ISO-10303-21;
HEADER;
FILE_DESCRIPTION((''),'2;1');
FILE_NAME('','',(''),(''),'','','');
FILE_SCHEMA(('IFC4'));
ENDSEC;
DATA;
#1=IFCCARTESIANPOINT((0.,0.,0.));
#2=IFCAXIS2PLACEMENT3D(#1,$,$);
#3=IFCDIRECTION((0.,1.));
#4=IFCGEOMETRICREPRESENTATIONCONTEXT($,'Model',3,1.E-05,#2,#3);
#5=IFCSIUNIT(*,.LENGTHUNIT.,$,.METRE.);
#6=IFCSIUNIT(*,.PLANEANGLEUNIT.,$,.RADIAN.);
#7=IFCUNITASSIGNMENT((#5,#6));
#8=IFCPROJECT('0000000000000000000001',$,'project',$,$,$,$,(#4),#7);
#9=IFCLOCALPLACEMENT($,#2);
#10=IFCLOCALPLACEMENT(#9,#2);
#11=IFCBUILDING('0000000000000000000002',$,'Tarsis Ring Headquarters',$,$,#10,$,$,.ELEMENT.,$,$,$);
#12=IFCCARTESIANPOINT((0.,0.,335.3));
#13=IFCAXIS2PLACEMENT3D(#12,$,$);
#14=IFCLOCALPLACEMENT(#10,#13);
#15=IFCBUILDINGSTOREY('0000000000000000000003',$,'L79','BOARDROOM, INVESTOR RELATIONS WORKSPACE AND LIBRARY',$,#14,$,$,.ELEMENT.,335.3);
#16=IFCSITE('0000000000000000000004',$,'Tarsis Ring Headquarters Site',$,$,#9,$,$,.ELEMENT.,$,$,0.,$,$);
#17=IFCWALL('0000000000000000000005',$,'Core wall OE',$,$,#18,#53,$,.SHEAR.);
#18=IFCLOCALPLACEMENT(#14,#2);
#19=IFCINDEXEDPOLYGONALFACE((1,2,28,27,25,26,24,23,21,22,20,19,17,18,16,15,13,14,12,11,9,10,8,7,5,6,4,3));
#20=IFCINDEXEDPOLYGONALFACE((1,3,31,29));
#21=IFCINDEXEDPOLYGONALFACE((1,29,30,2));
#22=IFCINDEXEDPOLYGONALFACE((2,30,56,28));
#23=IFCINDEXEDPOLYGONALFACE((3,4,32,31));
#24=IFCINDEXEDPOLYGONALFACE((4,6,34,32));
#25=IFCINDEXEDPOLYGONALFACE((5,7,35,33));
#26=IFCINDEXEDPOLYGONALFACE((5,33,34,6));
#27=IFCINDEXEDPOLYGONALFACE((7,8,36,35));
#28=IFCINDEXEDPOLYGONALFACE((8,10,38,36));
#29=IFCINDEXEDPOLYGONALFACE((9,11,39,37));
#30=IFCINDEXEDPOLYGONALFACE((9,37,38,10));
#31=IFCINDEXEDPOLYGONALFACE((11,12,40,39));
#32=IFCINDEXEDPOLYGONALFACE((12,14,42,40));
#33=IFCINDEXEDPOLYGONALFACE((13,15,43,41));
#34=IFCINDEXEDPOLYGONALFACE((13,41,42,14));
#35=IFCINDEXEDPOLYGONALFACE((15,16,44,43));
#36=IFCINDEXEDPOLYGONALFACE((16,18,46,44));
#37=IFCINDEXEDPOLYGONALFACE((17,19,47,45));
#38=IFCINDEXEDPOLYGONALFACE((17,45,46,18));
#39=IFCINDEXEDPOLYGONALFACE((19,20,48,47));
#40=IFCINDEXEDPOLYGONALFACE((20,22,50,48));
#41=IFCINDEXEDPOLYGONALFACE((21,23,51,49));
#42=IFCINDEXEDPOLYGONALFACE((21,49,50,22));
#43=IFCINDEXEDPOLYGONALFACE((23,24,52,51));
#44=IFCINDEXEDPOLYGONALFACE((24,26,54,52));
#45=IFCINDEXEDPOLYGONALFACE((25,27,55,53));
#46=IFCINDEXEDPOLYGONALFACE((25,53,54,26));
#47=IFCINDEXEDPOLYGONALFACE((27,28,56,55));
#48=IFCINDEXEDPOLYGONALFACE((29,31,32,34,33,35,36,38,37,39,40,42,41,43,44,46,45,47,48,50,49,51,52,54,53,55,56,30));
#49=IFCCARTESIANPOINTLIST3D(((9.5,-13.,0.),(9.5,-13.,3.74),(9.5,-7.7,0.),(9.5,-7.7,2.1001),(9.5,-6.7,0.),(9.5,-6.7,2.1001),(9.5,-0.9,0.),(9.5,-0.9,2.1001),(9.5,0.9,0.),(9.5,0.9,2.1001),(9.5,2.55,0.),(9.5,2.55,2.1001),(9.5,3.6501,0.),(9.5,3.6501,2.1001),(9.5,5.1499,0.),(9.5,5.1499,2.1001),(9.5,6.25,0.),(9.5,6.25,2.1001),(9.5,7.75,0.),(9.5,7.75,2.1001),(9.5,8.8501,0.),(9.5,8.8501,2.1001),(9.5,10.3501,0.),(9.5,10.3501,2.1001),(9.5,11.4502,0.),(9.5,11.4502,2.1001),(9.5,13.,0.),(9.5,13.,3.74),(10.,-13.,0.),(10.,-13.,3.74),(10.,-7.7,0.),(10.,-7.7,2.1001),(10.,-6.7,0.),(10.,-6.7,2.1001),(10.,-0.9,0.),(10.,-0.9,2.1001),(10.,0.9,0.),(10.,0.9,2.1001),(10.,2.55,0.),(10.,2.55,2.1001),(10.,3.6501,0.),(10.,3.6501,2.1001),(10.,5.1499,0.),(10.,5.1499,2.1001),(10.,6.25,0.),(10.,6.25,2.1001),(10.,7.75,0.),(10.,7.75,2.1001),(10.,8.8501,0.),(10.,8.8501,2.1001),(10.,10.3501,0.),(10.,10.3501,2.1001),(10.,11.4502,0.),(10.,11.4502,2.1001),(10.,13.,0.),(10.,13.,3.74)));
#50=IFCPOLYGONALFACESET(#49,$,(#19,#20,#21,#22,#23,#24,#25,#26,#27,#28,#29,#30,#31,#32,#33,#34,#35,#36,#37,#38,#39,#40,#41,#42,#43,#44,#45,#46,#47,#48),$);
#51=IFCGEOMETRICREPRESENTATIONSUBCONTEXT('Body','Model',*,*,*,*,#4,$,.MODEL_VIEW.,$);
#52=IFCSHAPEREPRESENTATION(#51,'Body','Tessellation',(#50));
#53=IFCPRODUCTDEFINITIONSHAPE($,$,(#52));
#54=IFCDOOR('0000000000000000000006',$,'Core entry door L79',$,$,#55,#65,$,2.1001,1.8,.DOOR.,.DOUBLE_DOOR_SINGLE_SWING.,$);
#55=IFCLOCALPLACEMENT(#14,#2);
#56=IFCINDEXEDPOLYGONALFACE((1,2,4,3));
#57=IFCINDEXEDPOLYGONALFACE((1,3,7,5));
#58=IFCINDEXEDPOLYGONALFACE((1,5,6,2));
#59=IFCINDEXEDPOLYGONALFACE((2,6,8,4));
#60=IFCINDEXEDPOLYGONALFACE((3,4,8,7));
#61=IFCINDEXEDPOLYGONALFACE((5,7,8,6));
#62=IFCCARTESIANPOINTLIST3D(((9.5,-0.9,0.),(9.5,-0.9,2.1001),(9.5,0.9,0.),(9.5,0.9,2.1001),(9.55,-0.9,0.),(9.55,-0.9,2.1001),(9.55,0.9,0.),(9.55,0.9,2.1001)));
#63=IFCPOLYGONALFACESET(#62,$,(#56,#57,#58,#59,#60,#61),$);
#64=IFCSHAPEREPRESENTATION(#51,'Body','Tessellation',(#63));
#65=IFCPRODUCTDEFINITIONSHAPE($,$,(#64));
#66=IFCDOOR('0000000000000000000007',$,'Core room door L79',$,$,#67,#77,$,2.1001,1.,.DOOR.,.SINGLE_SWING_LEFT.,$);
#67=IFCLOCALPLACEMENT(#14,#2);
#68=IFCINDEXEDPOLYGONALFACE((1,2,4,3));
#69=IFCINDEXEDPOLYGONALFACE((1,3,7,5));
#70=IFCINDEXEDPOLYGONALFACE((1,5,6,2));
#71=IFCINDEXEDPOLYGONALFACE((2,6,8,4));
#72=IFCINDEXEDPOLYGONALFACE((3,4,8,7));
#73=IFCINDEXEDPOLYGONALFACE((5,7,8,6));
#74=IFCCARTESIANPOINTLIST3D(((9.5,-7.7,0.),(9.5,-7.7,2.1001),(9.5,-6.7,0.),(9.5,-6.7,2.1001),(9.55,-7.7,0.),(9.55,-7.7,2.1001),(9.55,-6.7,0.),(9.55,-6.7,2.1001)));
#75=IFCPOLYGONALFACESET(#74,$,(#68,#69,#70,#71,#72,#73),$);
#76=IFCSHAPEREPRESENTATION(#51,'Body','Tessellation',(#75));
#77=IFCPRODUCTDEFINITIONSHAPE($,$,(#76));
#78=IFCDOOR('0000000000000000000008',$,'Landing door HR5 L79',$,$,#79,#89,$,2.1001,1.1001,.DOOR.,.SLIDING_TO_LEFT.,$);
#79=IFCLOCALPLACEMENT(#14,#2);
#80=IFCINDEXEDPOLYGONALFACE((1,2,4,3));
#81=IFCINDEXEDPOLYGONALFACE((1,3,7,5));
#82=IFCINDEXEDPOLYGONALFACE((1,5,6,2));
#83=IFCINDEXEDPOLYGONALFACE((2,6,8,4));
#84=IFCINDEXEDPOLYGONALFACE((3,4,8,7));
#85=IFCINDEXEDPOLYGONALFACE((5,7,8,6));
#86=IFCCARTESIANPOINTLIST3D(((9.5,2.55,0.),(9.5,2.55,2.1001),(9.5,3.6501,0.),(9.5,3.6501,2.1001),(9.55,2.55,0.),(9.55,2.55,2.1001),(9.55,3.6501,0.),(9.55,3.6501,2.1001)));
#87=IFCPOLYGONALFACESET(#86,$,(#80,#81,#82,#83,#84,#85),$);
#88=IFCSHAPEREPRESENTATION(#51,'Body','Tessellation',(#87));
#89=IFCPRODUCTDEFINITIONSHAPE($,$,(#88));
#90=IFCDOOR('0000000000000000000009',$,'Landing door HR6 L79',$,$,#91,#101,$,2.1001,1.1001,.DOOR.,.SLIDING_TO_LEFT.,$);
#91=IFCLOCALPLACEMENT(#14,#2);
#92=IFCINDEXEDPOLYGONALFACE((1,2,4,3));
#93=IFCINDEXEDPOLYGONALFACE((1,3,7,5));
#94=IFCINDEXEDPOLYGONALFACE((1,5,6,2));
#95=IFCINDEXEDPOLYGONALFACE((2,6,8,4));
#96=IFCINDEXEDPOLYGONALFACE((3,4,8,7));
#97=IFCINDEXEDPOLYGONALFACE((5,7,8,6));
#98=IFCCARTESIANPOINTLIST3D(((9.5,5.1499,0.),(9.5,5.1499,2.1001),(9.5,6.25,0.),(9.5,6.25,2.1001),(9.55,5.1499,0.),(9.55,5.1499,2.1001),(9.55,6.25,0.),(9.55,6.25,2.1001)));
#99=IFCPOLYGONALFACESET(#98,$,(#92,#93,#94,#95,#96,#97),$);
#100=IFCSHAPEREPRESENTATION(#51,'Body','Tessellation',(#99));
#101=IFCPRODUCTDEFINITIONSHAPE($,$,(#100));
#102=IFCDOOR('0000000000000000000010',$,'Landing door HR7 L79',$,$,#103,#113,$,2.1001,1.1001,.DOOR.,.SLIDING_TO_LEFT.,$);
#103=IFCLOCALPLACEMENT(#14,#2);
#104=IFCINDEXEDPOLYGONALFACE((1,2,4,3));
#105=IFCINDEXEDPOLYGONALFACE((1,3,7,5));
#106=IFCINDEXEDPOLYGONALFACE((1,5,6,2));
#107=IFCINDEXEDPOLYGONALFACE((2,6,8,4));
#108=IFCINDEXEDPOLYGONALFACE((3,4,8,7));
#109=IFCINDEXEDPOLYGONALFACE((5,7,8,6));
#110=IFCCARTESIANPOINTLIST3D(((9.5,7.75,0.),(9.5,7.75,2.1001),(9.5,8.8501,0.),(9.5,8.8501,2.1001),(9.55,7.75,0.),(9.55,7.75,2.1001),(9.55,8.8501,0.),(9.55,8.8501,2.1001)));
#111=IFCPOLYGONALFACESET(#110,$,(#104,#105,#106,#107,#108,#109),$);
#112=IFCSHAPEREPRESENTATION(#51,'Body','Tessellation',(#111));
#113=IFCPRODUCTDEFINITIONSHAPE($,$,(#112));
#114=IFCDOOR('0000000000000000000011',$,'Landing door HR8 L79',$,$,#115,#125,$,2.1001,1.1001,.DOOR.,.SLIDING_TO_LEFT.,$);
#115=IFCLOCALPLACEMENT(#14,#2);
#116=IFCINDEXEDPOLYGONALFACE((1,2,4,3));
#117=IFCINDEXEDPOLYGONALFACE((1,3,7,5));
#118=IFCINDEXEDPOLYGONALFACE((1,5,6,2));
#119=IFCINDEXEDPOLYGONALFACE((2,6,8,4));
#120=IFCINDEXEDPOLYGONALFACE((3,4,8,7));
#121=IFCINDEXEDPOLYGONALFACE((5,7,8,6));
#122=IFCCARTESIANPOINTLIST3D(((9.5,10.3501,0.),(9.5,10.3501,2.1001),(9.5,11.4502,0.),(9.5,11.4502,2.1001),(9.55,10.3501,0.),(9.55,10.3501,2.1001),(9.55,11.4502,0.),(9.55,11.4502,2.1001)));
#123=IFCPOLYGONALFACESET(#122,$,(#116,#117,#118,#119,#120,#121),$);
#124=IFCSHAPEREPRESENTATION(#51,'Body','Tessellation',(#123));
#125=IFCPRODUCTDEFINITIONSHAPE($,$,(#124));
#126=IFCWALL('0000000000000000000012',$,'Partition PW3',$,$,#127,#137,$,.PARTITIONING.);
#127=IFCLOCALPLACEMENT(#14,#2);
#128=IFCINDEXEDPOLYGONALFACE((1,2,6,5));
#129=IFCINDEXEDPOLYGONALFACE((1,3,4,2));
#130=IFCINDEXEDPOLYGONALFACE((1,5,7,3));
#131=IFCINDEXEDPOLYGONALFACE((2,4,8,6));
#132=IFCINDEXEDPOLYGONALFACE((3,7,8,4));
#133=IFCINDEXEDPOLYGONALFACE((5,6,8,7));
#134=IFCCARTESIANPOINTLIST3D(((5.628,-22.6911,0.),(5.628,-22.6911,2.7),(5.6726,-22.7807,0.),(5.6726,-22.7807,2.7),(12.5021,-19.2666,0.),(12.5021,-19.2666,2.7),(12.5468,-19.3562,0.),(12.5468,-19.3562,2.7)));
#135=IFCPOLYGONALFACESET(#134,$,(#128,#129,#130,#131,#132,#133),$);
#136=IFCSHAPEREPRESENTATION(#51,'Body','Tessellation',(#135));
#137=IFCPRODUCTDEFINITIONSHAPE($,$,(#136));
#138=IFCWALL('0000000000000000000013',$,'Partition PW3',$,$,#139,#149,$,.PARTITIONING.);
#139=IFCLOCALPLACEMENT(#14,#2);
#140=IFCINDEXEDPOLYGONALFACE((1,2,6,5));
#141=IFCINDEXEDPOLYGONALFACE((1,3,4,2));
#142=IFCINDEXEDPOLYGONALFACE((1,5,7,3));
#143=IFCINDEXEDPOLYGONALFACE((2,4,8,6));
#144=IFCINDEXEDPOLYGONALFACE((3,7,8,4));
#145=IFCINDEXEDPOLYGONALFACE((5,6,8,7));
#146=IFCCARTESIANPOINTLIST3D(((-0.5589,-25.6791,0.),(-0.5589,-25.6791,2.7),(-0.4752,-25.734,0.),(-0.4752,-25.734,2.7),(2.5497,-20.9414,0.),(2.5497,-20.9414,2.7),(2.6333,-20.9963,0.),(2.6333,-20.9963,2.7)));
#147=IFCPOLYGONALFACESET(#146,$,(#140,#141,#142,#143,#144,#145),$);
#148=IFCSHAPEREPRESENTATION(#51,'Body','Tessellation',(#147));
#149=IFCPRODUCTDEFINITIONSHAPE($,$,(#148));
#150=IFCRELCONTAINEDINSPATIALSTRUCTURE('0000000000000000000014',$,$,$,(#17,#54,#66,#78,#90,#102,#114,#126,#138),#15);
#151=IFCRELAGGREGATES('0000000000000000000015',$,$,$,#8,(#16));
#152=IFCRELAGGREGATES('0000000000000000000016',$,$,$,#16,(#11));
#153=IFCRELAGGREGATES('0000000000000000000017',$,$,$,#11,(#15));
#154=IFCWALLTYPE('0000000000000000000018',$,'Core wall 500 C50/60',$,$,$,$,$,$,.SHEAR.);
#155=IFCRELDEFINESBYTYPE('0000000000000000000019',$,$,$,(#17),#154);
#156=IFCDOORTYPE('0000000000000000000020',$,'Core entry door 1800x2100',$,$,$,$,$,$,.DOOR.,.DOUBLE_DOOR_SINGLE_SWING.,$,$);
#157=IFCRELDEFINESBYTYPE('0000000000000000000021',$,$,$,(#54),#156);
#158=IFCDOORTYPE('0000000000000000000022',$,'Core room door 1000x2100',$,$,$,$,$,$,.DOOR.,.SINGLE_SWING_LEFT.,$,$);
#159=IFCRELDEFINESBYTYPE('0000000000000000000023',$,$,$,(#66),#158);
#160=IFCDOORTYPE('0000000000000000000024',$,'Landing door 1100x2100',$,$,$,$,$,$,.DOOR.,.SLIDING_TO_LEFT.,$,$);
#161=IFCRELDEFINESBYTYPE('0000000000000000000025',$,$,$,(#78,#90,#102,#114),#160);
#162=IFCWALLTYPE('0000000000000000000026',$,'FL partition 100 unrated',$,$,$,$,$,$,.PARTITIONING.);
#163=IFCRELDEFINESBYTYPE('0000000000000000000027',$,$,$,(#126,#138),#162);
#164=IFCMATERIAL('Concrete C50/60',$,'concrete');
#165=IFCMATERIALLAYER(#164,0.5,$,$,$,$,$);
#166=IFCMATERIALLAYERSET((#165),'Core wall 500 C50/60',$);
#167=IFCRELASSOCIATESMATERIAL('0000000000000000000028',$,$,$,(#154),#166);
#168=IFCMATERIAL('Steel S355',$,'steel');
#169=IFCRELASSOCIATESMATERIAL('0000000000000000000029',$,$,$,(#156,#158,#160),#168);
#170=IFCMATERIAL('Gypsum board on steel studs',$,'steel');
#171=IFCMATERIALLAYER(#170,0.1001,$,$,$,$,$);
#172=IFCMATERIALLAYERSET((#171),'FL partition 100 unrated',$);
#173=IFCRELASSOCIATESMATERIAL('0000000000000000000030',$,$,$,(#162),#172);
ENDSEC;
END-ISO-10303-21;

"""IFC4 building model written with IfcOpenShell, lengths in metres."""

from ifc_helpers import new_model, si_unit, direction, frame, frame_2d, origin, place, context, subcontext, project, spatial, rectangle, extrude, material, layer, layer_set, type_object, element, fill, save


model = new_model("IFC4")

# Units and contexts
model_context = context("Model", 3, precision=1e-05, world=origin(), true_north=direction((0.0, 1.0)))
body_context = subcontext(model_context, "Body", "Model", "MODEL_VIEW")
ifc_project = project(units=[si_unit("LENGTHUNIT", "METRE"), si_unit("PLANEANGLEUNIT", "RADIAN")], contexts=[model_context])

# Site, building, storey
site_placement = place(None, origin())
site = spatial("IfcSite", under=ifc_project, at=site_placement, Name="Tarsis Ring Headquarters Site", CompositionType="ELEMENT", RefElevation=0.0)
building_placement = place(site_placement, origin())
building = spatial("IfcBuilding", under=site, at=building_placement, Name="Tarsis Ring Headquarters", CompositionType="ELEMENT")
storey_placement = place(building_placement, frame((0.0, 0.0, 335.3)))
storey = spatial("IfcBuildingStorey", under=building, at=storey_placement, Name="L79", Description="BOARDROOM, INVESTOR RELATIONS WORKSPACE AND LIBRARY", CompositionType="ELEMENT", Elevation=335.3)

# Wall, openings, doors
ifc_material_1 = material(Name="Concrete C50/60", Category="concrete")
ifc_layer_1 = layer(ifc_material_1, 0.5)
ifc_layer_set_1 = layer_set([ifc_layer_1], Name="Core wall 500 C50/60")
wall_type_1 = type_object("IfcWallType", Name="Core wall 500 C50/60", PredefinedType="SHEAR", material=ifc_layer_set_1)
wall_1_placement = place(storey_placement, frame((9.75, -13.0, 0.0), z_axis=(0.0, 0.0, 1.0), x_axis=(0.0, 1.0, 0.0)))
wall_1 = element("IfcWall", 1, at=wall_1_placement, inside=storey, type_object=wall_type_1, Name="Core wall OE", PredefinedType="SHEAR", context=body_context, shape_type="SweptSolid", body=[
    extrude(rectangle(XDim=26.0, YDim=0.5, at=frame_2d((13.0, 0.0))), origin(), (0.0, 0.0, 1.0), 3.74),
])
opening_1_placement = place(wall_1_placement, frame((5.3, 0.0, 0.0)))
opening_1 = element("IfcOpeningElement", 2, at=opening_1_placement, cuts=wall_1, PredefinedType="OPENING", context=body_context, shape_type="SweptSolid", body=[
    extrude(rectangle(XDim=1.0, YDim=2.1001, at=frame_2d((0.5, 1.05))), frame((0.0, 0.26, 0.0), z_axis=(0.0, -1.0, 0.0), x_axis=(1.0, 0.0, 0.0)), (0.0, 0.0, 1.0), 0.52),
])
opening_2_placement = place(wall_1_placement, frame((12.1001, 0.0, 0.0)))
opening_2 = element("IfcOpeningElement", 3, at=opening_2_placement, cuts=wall_1, PredefinedType="OPENING", context=body_context, shape_type="SweptSolid", body=[
    extrude(rectangle(XDim=1.8, YDim=2.1001, at=frame_2d((0.8999, 1.05))), frame((0.0, 0.26, 0.0), z_axis=(0.0, -1.0, 0.0), x_axis=(1.0, 0.0, 0.0)), (0.0, 0.0, 1.0), 0.52),
])
opening_3_placement = place(wall_1_placement, frame((15.55, 0.0, 0.0)))
opening_3 = element("IfcOpeningElement", 4, at=opening_3_placement, cuts=wall_1, PredefinedType="OPENING", context=body_context, shape_type="SweptSolid", body=[
    extrude(rectangle(XDim=1.1001, YDim=2.1001, at=frame_2d((0.55, 1.05))), frame((0.0, 0.26, 0.0), z_axis=(0.0, -1.0, 0.0), x_axis=(1.0, 0.0, 0.0)), (0.0, 0.0, 1.0), 0.52),
])
opening_4_placement = place(wall_1_placement, frame((18.1499, 0.0, 0.0)))
opening_4 = element("IfcOpeningElement", 5, at=opening_4_placement, cuts=wall_1, PredefinedType="OPENING", context=body_context, shape_type="SweptSolid", body=[
    extrude(rectangle(XDim=1.1001, YDim=2.1001, at=frame_2d((0.55, 1.05))), frame((0.0, 0.26, 0.0), z_axis=(0.0, -1.0, 0.0), x_axis=(1.0, 0.0, 0.0)), (0.0, 0.0, 1.0), 0.52),
])
opening_5_placement = place(wall_1_placement, frame((20.75, 0.0, 0.0)))
opening_5 = element("IfcOpeningElement", 6, at=opening_5_placement, cuts=wall_1, PredefinedType="OPENING", context=body_context, shape_type="SweptSolid", body=[
    extrude(rectangle(XDim=1.1001, YDim=2.1001, at=frame_2d((0.55, 1.05))), frame((0.0, 0.26, 0.0), z_axis=(0.0, -1.0, 0.0), x_axis=(1.0, 0.0, 0.0)), (0.0, 0.0, 1.0), 0.52),
])
opening_6_placement = place(wall_1_placement, frame((23.3501, 0.0, 0.0)))
opening_6 = element("IfcOpeningElement", 7, at=opening_6_placement, cuts=wall_1, PredefinedType="OPENING", context=body_context, shape_type="SweptSolid", body=[
    extrude(rectangle(XDim=1.1001, YDim=2.1001, at=frame_2d((0.55, 1.05))), frame((0.0, 0.26, 0.0), z_axis=(0.0, -1.0, 0.0), x_axis=(1.0, 0.0, 0.0)), (0.0, 0.0, 1.0), 0.52),
])
ifc_material_2 = material(Name="Steel S355", Category="steel")
door_type_1 = type_object("IfcDoorType", Name="Core entry door 1800x2100", OperationType="DOUBLE_DOOR_SINGLE_SWING", PredefinedType="DOOR", material=ifc_material_2)
door_1_placement = place(opening_2_placement, origin())
door_1 = element("IfcDoor", 8, at=door_1_placement, inside=storey, type_object=door_type_1, Name="Core entry door L79", OperationType="DOUBLE_DOOR_SINGLE_SWING", OverallHeight=2.1001, OverallWidth=1.8, PredefinedType="DOOR", context=body_context, shape_type="SweptSolid", body=[
    extrude(rectangle(XDim=1.8, YDim=2.1001, at=frame_2d((0.8999, 1.05))), frame((0.0, 0.25, 0.0), z_axis=(0.0, -1.0, 0.0), x_axis=(1.0, 0.0, 0.0)), (0.0, 0.0, 1.0), 0.05),
])
fill(opening_2, door_1)
door_type_2 = type_object("IfcDoorType", Name="Core room door 1000x2100", OperationType="SINGLE_SWING_LEFT", PredefinedType="DOOR", material=ifc_material_2)
door_2_placement = place(opening_1_placement, origin())
door_2 = element("IfcDoor", 9, at=door_2_placement, inside=storey, type_object=door_type_2, Name="Core room door L79", OperationType="SINGLE_SWING_LEFT", OverallHeight=2.1001, OverallWidth=1.0, PredefinedType="DOOR", context=body_context, shape_type="SweptSolid", body=[
    extrude(rectangle(XDim=1.0, YDim=2.1001, at=frame_2d((0.5, 1.05))), frame((0.0, 0.25, 0.0), z_axis=(0.0, -1.0, 0.0), x_axis=(1.0, 0.0, 0.0)), (0.0, 0.0, 1.0), 0.05),
])
fill(opening_1, door_2)
door_type_3 = type_object("IfcDoorType", Name="Landing door 1100x2100", OperationType="SLIDING_TO_LEFT", PredefinedType="DOOR", material=ifc_material_2)
door_3_placement = place(opening_3_placement, origin())
door_3 = element("IfcDoor", 10, at=door_3_placement, inside=storey, type_object=door_type_3, Name="Landing door HR5 L79", OperationType="SLIDING_TO_LEFT", OverallHeight=2.1001, OverallWidth=1.1001, PredefinedType="DOOR", context=body_context, shape_type="SweptSolid", body=[
    extrude(rectangle(XDim=1.1001, YDim=2.1001, at=frame_2d((0.55, 1.05))), frame((0.0, 0.25, 0.0), z_axis=(0.0, -1.0, 0.0), x_axis=(1.0, 0.0, 0.0)), (0.0, 0.0, 1.0), 0.05),
])
fill(opening_3, door_3)
door_4_placement = place(opening_4_placement, origin())
door_4 = element("IfcDoor", 11, at=door_4_placement, inside=storey, type_object=door_type_3, Name="Landing door HR6 L79", OperationType="SLIDING_TO_LEFT", OverallHeight=2.1001, OverallWidth=1.1001, PredefinedType="DOOR", context=body_context, shape_type="SweptSolid", body=[
    extrude(rectangle(XDim=1.1001, YDim=2.1001, at=frame_2d((0.55, 1.05))), frame((0.0, 0.25, 0.0), z_axis=(0.0, -1.0, 0.0), x_axis=(1.0, 0.0, 0.0)), (0.0, 0.0, 1.0), 0.05),
])
fill(opening_4, door_4)
door_5_placement = place(opening_5_placement, origin())
door_5 = element("IfcDoor", 12, at=door_5_placement, inside=storey, type_object=door_type_3, Name="Landing door HR7 L79", OperationType="SLIDING_TO_LEFT", OverallHeight=2.1001, OverallWidth=1.1001, PredefinedType="DOOR", context=body_context, shape_type="SweptSolid", body=[
    extrude(rectangle(XDim=1.1001, YDim=2.1001, at=frame_2d((0.55, 1.05))), frame((0.0, 0.25, 0.0), z_axis=(0.0, -1.0, 0.0), x_axis=(1.0, 0.0, 0.0)), (0.0, 0.0, 1.0), 0.05),
])
fill(opening_5, door_5)
door_6_placement = place(opening_6_placement, origin())
door_6 = element("IfcDoor", 13, at=door_6_placement, inside=storey, type_object=door_type_3, Name="Landing door HR8 L79", OperationType="SLIDING_TO_LEFT", OverallHeight=2.1001, OverallWidth=1.1001, PredefinedType="DOOR", context=body_context, shape_type="SweptSolid", body=[
    extrude(rectangle(XDim=1.1001, YDim=2.1001, at=frame_2d((0.55, 1.05))), frame((0.0, 0.25, 0.0), z_axis=(0.0, -1.0, 0.0), x_axis=(1.0, 0.0, 0.0)), (0.0, 0.0, 1.0), 0.05),
])
fill(opening_6, door_6)

# Walls
ifc_material_3 = material(Name="Gypsum board on steel studs", Category="steel")
ifc_layer_2 = layer(ifc_material_3, 0.1001)
ifc_layer_set_2 = layer_set([ifc_layer_2], Name="FL partition 100 unrated")
wall_type_2 = type_object("IfcWallType", Name="FL partition 100 unrated", PredefinedType="PARTITIONING", material=ifc_layer_set_2)
wall_2_placement = place(storey_placement, frame((5.6504, -22.7358, 0.0), z_axis=(0.0, 0.0, 1.0), x_axis=(0.895081, 0.445903, 0.0)))
element("IfcWall", 14, at=wall_2_placement, inside=storey, type_object=wall_type_2, Name="Partition PW3", PredefinedType="PARTITIONING", context=body_context, shape_type="SweptSolid", body=[
    extrude(rectangle(XDim=7.6799, YDim=0.1001, at=frame_2d((3.8398, 0.0))), origin(), (0.0, 0.0, 1.0), 2.7),
])
wall_3_placement = place(storey_placement, frame((-0.5171, -25.7065, 0.0), z_axis=(0.0, 0.0, 1.0), x_axis=(0.548591, 0.836091, 0.0)))
element("IfcWall", 15, at=wall_3_placement, inside=storey, type_object=wall_type_2, Name="Partition PW3", PredefinedType="PARTITIONING", context=body_context, shape_type="SweptSolid", body=[
    extrude(rectangle(XDim=5.6665, YDim=0.1001, at=frame_2d((2.8333, 0.0))), origin(), (0.0, 0.0, 1.0), 2.7),
])

save(model, "model.ifc")
